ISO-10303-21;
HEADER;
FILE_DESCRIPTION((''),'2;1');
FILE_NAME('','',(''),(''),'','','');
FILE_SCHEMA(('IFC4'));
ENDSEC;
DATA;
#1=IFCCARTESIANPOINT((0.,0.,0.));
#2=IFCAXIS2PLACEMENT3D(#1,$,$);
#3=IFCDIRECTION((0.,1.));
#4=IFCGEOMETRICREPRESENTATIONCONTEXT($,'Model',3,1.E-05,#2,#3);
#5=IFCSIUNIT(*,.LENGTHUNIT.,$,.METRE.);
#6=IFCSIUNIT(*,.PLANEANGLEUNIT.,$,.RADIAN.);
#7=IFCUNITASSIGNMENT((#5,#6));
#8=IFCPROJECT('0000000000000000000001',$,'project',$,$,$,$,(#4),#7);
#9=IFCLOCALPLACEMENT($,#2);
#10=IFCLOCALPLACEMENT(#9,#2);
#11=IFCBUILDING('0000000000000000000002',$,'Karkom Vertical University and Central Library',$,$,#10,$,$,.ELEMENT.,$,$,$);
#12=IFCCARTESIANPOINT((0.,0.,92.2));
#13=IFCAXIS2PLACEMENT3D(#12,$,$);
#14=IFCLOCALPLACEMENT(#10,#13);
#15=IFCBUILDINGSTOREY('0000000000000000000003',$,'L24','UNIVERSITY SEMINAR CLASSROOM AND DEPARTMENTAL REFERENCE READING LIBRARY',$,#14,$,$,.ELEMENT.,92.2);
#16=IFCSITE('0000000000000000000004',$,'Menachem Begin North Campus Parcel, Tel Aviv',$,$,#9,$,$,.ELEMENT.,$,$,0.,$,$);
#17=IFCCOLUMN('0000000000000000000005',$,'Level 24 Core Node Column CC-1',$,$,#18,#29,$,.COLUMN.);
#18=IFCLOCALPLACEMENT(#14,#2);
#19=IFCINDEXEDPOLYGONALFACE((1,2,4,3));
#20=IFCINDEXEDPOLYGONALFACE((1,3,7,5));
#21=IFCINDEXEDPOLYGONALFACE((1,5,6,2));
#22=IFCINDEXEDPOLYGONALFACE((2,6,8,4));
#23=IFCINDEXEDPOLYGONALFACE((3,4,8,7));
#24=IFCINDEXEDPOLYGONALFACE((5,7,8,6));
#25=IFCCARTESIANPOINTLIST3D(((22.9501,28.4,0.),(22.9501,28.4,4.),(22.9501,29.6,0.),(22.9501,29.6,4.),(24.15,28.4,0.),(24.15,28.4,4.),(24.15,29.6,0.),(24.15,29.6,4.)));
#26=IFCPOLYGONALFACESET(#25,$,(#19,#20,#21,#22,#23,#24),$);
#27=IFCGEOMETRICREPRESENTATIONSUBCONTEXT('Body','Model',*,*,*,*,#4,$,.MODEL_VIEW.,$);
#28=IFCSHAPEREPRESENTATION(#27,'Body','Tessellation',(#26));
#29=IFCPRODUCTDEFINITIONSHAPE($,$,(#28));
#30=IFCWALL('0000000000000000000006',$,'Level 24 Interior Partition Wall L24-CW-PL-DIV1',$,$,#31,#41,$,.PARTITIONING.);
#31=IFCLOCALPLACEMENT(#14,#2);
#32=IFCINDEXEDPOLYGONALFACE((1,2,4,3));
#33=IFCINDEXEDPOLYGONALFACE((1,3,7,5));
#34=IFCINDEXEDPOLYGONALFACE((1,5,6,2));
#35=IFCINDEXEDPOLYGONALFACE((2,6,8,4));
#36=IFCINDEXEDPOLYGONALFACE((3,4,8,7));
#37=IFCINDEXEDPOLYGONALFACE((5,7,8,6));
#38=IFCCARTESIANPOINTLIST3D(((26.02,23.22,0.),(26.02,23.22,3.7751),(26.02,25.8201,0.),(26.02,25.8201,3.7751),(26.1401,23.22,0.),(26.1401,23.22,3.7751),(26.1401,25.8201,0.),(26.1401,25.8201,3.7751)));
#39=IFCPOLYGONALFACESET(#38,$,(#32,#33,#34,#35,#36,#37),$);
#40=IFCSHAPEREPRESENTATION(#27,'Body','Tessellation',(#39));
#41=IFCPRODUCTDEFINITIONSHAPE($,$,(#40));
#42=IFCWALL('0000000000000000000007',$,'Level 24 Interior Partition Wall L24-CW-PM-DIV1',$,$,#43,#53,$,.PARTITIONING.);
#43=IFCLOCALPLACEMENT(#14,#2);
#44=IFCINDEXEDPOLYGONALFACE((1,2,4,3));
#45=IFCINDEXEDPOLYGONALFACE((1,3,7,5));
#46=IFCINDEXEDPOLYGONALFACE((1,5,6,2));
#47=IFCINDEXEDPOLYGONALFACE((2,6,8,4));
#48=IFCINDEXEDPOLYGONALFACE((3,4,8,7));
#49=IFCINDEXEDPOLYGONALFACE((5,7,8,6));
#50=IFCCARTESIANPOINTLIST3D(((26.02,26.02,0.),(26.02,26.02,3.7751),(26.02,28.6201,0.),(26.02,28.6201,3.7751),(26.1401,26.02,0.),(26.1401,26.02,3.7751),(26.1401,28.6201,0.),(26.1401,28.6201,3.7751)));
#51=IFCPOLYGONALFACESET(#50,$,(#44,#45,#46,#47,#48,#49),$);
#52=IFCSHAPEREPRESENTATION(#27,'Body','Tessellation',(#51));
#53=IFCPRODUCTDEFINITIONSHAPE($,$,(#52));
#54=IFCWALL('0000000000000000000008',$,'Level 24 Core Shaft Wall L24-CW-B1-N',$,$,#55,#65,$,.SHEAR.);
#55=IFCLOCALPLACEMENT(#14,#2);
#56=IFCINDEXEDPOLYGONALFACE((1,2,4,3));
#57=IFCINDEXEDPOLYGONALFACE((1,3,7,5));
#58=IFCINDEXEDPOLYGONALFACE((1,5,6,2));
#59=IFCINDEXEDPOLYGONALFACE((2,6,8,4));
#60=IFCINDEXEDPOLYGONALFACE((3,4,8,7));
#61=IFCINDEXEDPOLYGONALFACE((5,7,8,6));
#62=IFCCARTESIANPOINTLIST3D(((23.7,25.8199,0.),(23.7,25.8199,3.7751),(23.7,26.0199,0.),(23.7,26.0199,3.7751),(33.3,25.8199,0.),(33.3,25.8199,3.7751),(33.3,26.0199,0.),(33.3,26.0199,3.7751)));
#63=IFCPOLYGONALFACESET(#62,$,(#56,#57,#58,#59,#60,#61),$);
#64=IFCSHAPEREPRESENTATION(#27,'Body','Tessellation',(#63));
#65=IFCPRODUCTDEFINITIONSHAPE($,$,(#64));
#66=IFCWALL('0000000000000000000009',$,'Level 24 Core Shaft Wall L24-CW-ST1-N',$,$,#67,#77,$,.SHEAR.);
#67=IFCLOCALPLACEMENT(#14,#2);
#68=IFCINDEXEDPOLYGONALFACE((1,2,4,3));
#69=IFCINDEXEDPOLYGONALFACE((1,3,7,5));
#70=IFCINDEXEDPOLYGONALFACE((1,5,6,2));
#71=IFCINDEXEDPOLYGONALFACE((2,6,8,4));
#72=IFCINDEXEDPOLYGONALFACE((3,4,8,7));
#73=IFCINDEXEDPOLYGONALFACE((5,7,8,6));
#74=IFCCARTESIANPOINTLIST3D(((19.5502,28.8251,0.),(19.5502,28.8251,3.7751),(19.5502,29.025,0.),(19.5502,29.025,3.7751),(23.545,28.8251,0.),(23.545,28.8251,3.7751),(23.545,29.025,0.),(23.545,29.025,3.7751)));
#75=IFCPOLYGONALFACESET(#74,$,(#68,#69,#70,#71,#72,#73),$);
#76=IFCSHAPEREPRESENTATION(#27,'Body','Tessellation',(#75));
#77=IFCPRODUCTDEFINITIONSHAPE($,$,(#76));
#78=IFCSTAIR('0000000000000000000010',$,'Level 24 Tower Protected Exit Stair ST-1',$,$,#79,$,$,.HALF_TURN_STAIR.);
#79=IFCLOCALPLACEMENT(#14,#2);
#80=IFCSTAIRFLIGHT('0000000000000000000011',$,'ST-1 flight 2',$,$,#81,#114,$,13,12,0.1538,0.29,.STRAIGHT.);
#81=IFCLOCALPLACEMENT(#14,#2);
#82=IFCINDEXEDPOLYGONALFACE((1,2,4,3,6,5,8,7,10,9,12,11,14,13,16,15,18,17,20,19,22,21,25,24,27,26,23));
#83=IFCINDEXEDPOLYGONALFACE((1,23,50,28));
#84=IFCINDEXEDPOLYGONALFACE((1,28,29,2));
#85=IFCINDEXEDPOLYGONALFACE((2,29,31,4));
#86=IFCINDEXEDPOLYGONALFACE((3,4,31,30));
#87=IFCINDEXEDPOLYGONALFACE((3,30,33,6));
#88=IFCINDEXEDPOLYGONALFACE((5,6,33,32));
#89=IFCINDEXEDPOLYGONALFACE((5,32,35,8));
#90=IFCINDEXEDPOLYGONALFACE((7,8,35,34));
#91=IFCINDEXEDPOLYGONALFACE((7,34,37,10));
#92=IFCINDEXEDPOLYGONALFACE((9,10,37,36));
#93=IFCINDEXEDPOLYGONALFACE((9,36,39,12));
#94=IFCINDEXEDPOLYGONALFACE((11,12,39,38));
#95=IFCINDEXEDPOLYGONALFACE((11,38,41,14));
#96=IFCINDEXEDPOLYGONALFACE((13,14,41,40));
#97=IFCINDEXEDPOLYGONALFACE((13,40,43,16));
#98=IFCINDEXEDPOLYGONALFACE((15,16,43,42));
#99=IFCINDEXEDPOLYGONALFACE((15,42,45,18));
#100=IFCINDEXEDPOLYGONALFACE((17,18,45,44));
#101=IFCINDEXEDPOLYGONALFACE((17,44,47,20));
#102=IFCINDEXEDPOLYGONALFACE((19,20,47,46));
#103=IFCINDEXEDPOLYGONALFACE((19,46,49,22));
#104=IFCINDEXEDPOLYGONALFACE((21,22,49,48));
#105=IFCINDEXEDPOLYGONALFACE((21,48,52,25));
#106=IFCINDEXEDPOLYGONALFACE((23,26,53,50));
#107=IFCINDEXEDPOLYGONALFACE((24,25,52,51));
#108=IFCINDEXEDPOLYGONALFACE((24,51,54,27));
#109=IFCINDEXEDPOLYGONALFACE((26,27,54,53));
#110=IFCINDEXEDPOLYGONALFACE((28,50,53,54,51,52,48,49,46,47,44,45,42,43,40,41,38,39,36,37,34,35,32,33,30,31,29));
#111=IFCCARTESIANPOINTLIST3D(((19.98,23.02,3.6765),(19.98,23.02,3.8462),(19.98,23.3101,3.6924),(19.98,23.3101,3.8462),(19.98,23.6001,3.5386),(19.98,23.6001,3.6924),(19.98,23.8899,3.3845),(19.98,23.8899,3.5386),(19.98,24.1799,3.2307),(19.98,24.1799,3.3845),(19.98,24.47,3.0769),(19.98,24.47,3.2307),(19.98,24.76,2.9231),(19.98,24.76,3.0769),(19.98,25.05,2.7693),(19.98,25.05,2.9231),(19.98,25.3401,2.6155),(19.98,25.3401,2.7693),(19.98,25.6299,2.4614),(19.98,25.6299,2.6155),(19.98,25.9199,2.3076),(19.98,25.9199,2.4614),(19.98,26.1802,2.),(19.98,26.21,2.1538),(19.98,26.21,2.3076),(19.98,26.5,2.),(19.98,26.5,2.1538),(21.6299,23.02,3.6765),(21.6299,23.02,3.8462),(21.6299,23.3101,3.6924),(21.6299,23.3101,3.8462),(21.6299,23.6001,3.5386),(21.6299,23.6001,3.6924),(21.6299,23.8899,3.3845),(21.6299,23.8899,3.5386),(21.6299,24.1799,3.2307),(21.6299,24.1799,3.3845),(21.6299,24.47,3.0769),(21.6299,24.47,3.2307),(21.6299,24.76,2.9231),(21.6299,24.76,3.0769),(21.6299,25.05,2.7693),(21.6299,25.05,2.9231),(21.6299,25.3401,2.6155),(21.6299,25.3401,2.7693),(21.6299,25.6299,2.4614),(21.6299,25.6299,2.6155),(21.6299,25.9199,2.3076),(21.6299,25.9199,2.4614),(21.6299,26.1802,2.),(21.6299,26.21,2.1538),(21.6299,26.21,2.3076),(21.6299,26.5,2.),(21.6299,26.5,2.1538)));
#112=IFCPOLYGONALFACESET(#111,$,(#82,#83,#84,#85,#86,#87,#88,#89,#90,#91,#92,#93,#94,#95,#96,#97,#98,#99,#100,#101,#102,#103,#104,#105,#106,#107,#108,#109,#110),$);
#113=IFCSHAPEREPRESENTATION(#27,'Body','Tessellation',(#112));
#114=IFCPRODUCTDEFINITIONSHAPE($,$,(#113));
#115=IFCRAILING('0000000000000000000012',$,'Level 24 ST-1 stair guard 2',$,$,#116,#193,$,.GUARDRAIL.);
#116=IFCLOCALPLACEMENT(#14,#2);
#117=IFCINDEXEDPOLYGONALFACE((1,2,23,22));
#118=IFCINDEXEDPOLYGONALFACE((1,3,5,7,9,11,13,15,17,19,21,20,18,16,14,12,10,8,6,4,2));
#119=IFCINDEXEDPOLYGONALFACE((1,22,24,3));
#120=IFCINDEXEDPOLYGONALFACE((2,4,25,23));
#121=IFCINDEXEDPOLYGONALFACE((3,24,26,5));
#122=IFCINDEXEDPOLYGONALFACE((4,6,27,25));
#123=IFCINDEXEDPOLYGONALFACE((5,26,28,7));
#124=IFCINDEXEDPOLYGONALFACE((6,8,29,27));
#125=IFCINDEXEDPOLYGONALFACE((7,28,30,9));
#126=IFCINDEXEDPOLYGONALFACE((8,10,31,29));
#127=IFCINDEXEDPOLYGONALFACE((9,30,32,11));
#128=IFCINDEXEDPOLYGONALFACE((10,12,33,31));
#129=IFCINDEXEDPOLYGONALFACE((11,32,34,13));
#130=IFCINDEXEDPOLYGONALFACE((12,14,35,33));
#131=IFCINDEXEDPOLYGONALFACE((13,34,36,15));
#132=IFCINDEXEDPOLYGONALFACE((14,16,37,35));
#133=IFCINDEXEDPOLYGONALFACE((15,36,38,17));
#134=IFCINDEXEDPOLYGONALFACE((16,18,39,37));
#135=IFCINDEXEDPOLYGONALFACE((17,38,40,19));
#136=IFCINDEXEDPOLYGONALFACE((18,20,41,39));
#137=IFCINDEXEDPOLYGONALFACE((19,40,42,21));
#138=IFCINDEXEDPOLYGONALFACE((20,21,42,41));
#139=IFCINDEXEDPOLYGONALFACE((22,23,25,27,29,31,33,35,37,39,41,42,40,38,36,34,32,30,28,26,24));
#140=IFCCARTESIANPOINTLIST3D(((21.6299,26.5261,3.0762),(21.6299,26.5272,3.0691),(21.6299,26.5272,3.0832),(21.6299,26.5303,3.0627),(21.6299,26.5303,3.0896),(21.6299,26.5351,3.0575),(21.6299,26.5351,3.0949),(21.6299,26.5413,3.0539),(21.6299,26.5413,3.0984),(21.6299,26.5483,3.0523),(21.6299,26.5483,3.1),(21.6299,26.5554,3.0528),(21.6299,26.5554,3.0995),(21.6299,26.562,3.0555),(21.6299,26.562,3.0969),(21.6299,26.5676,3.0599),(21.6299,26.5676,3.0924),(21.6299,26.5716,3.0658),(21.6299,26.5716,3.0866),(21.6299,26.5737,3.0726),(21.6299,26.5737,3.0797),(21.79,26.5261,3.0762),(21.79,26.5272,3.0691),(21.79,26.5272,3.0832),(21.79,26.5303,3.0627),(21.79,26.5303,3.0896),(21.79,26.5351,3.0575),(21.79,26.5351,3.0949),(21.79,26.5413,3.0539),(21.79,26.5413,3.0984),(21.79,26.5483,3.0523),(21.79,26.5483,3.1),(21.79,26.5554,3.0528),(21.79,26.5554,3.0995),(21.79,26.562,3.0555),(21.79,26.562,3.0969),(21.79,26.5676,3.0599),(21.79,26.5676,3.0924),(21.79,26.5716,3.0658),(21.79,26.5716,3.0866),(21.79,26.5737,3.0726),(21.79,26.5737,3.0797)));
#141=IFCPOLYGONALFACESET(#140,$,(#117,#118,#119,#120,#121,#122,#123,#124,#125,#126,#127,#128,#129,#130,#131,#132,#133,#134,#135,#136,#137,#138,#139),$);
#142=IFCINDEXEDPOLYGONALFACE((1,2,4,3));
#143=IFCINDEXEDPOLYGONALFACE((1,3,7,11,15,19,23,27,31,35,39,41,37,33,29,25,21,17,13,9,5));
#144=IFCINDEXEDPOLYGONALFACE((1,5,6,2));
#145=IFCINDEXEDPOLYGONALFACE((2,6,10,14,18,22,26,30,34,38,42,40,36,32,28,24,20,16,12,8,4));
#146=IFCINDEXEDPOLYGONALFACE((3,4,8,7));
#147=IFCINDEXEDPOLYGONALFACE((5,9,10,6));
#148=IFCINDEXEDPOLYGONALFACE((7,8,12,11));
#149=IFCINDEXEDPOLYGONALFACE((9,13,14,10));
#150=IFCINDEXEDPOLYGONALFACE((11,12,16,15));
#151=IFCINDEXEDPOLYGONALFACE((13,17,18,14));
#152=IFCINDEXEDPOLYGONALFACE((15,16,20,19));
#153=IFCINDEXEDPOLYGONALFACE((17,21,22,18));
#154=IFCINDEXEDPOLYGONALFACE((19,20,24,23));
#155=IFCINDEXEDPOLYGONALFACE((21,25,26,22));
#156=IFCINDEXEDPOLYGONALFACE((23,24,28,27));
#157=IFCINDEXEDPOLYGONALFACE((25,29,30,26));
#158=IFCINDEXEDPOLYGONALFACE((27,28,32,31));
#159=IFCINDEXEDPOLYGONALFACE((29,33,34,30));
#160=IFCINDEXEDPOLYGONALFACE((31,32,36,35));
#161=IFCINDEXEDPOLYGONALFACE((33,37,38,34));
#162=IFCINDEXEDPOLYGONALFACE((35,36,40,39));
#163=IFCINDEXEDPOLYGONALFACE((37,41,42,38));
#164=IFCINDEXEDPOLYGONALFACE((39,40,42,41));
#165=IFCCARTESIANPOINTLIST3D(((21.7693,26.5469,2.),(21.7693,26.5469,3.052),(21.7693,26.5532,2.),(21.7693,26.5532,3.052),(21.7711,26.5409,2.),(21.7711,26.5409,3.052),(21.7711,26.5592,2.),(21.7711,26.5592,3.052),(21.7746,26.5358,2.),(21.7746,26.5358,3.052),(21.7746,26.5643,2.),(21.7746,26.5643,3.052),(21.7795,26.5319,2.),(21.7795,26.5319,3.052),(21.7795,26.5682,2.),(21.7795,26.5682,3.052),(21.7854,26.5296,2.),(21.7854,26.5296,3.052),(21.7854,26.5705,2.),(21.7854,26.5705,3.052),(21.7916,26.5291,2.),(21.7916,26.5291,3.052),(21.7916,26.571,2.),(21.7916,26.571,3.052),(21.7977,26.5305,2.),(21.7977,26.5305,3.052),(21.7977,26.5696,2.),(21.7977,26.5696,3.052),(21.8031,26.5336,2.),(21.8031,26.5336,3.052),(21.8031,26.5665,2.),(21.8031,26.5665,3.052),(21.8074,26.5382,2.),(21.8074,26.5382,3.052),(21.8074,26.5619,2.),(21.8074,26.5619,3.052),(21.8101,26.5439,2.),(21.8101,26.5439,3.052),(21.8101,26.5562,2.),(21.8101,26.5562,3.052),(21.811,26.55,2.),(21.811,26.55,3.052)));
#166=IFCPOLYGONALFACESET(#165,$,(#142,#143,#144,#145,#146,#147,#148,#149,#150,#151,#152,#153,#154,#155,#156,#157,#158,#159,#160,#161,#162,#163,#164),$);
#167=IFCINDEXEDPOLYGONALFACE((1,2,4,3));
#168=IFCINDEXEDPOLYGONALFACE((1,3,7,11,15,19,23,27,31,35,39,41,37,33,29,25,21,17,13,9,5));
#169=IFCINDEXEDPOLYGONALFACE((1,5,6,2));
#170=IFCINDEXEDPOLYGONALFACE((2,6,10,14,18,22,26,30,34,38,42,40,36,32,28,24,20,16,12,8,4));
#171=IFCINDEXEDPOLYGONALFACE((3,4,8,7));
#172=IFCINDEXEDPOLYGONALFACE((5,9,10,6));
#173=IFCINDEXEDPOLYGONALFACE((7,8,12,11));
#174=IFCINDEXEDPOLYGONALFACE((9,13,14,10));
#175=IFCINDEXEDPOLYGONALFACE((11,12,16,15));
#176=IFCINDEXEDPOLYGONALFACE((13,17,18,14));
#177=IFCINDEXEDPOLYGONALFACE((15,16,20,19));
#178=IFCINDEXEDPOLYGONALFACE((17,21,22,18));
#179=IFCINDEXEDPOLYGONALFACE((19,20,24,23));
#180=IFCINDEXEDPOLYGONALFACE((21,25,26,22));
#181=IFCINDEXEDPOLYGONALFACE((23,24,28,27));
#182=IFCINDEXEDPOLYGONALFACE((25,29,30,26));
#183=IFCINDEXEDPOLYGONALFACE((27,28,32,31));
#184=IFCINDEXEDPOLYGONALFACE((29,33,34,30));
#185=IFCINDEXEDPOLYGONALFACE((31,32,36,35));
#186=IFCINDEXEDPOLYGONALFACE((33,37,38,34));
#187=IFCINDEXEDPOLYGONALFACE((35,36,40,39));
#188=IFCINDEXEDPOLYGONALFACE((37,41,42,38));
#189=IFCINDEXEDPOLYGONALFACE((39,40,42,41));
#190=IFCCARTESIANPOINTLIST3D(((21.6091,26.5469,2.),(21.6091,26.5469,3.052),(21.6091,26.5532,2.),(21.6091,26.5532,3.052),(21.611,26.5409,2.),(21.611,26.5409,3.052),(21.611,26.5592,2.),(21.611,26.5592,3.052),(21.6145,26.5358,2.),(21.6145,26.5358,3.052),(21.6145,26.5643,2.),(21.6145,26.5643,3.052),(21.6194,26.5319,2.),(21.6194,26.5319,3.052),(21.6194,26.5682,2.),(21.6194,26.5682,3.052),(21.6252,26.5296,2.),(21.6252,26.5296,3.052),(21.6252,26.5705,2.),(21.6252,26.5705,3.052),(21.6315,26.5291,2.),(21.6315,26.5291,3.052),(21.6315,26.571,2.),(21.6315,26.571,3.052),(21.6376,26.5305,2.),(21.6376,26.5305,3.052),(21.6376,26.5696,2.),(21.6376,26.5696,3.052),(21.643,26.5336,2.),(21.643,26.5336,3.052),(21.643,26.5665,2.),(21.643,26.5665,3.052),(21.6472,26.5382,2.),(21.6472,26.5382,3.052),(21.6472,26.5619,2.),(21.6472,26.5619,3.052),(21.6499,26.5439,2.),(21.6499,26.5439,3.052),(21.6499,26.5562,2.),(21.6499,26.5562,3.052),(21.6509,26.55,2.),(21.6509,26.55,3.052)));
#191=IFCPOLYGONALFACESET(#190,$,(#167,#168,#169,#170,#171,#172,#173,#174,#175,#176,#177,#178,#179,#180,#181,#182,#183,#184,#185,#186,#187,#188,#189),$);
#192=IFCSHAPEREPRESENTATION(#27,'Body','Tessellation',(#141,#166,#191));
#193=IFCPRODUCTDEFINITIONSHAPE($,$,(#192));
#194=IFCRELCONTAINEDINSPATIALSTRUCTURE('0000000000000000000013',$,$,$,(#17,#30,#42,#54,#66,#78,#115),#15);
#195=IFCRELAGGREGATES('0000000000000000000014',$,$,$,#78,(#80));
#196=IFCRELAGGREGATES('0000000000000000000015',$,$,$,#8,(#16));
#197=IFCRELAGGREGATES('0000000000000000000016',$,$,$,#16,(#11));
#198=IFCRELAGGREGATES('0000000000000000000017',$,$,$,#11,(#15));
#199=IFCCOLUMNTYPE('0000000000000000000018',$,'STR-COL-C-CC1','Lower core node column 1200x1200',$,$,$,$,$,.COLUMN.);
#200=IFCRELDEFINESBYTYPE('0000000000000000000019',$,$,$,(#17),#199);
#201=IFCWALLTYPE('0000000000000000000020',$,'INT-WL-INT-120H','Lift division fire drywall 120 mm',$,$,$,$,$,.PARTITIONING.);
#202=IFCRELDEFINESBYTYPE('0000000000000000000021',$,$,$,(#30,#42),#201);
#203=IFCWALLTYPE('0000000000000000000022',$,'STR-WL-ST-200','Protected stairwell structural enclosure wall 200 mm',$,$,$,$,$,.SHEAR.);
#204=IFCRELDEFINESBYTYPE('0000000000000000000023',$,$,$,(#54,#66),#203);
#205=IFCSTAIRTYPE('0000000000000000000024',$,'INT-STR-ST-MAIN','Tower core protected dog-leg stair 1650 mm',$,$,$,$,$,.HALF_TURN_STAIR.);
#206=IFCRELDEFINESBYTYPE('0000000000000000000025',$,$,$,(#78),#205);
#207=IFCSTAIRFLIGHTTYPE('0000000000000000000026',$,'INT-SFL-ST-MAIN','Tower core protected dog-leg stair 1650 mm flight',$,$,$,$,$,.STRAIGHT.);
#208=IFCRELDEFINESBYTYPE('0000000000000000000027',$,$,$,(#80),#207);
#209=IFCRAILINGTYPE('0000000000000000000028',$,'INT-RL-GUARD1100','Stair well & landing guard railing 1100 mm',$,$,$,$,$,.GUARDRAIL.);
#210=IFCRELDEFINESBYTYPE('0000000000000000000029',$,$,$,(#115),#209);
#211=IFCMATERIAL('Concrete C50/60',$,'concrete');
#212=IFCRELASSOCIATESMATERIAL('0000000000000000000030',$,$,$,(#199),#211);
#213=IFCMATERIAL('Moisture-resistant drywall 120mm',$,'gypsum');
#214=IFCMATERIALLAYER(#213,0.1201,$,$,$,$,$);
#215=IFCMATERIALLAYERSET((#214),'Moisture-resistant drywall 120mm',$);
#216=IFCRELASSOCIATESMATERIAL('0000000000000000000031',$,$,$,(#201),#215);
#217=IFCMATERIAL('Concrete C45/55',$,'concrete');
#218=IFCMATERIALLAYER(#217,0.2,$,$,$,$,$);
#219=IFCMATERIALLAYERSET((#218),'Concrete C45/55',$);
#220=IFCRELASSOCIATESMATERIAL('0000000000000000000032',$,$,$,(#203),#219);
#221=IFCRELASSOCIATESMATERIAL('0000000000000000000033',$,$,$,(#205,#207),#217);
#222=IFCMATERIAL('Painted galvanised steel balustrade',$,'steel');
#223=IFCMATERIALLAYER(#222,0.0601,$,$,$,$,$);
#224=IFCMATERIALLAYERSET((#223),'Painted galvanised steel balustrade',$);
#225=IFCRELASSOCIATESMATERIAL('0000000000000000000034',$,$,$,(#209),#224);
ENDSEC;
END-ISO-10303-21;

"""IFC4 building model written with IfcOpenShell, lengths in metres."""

from ifc_helpers import new_model, si_unit, direction, frame, frame_2d, origin, origin_with_axes, origin_2d, place, context, subcontext, project, spatial, polyline, rectangle, circle, outline, extrude, source, transform, mapped, material, layer, layer_set, material_profile, profile_set, type_object, element, aggregate, save


model = new_model("IFC4")

# Units and contexts
model_context = context("Model", 3, precision=1e-05, world=origin(), true_north=direction((0.0, 1.0)))
body_context = subcontext(model_context, "Body", "Model", "MODEL_VIEW")
ifc_project = project(units=[si_unit("LENGTHUNIT", "METRE"), si_unit("PLANEANGLEUNIT", "RADIAN")], contexts=[model_context])

# Site, building, storey
site_placement = place(None, origin())
site = spatial("IfcSite", under=ifc_project, at=site_placement, Name="Menachem Begin North Campus Parcel, Tel Aviv", CompositionType="ELEMENT", RefElevation=0.0)
building_placement = place(site_placement, origin())
building = spatial("IfcBuilding", under=site, at=building_placement, Name="Karkom Vertical University and Central Library", CompositionType="ELEMENT")
storey_placement = place(building_placement, frame((0.0, 0.0, 92.2)))
storey = spatial("IfcBuildingStorey", under=building, at=storey_placement, Name="L24", Description="UNIVERSITY SEMINAR CLASSROOM AND DEPARTMENTAL REFERENCE READING LIBRARY", CompositionType="ELEMENT", Elevation=92.2)

# Column
ifc_material_1 = material(Name="Concrete C50/60", Category="concrete")
ifc_material_profile = material_profile(ifc_material_1, rectangle(XDim=1.2, YDim=1.2, at=origin_2d()), Name="RC-1200x1200")
ifc_profile_set = profile_set([ifc_material_profile], Name="Concrete C50/60")
column_type = type_object("IfcColumnType", Name="STR-COL-C-CC1", Description="Lower core node column 1200x1200", PredefinedType="COLUMN", material=ifc_profile_set)
shared_shape_1 = source(origin_with_axes(), body_context, "Body", "SweptSolid", [
    extrude(rectangle(XDim=1.2, YDim=1.2, at=origin_2d()), origin(), (0.0, 0.0, 1.0), 4.0),
])
column_placement = place(storey_placement, frame((23.55, 29.0, 0.0), z_axis=(0.0, 0.0, 1.0), x_axis=(1.0, 0.0, 0.0)))
element("IfcColumn", 1, at=column_placement, inside=storey, type_object=column_type, Name="Level 24 Core Node Column CC-1", PredefinedType="COLUMN", context=body_context, shape_type="MappedRepresentation", body=[
    mapped(shared_shape_1, transform((0.0, 0.0, 0.0), scale=1.0)),
])

# Walls
ifc_material_2 = material(Name="Moisture-resistant drywall 120mm", Category="gypsum")
ifc_layer_1 = layer(ifc_material_2, 0.1201)
ifc_layer_set_1 = layer_set([ifc_layer_1], Name="Moisture-resistant drywall 120mm")
wall_type_1 = type_object("IfcWallType", Name="INT-WL-INT-120H", Description="Lift division fire drywall 120 mm", PredefinedType="PARTITIONING", material=ifc_layer_set_1)
for number, where, z_axis, x_axis, name in (
    (2, (26.0801, 23.22, 0.0), (0.0, 0.0, 1.0), (0.0, 1.0, 0.0), "Level 24 Interior Partition Wall L24-CW-PL-DIV1"),
    (3, (26.0801, 26.02, 0.0), (0.0, 0.0, 1.0), (0.0, 1.0, 0.0), "Level 24 Interior Partition Wall L24-CW-PM-DIV1"),
):
    element("IfcWall", number, at=place(storey_placement, frame(where, z_axis=z_axis, x_axis=x_axis)), inside=storey, type_object=wall_type_1, Name=name, PredefinedType="PARTITIONING", context=body_context, shape_type="SweptSolid", body=[
        extrude(rectangle(XDim=2.6001, YDim=0.1201, at=frame_2d((1.3, 0.0))), origin(), (0.0, 0.0, 1.0), 3.7751),
    ])
ifc_material_3 = material(Name="Concrete C45/55", Category="concrete")
ifc_layer_2 = layer(ifc_material_3, 0.2)
ifc_layer_set_2 = layer_set([ifc_layer_2], Name="Concrete C45/55")
wall_type_2 = type_object("IfcWallType", Name="STR-WL-ST-200", Description="Protected stairwell structural enclosure wall 200 mm", PredefinedType="SHEAR", material=ifc_layer_set_2)
wall_1_placement = place(storey_placement, frame((23.7, 25.9199, 0.0), z_axis=(0.0, 0.0, 1.0), x_axis=(1.0, 0.0, 0.0)))
element("IfcWall", 4, at=wall_1_placement, inside=storey, type_object=wall_type_2, Name="Level 24 Core Shaft Wall L24-CW-B1-N", PredefinedType="SHEAR", context=body_context, shape_type="SweptSolid", body=[
    extrude(rectangle(XDim=9.6001, YDim=0.2, at=frame_2d((4.8, 0.0))), origin(), (0.0, 0.0, 1.0), 3.7751),
])

# Wall
wall_2_placement = place(storey_placement, frame((19.55, 28.925, 0.0), z_axis=(0.0, 0.0, 1.0), x_axis=(1.0, 0.0, 0.0)))
element("IfcWall", 5, at=wall_2_placement, inside=storey, type_object=wall_type_2, Name="Level 24 Core Shaft Wall L24-CW-ST1-N", PredefinedType="SHEAR", context=body_context, shape_type="SweptSolid", body=[
    extrude(rectangle(XDim=3.9949, YDim=0.2, at=frame_2d((1.9976, 0.0))), origin(), (0.0, 0.0, 1.0), 3.7751),
])

# Stair, stair flight
stair_type = type_object("IfcStairType", Name="INT-STR-ST-MAIN", Description="Tower core protected dog-leg stair 1650 mm", PredefinedType="HALF_TURN_STAIR", material=ifc_material_3)
stair_placement = place(storey_placement, origin())
stair = element("IfcStair", 6, at=stair_placement, inside=storey, type_object=stair_type, Name="Level 24 Tower Protected Exit Stair ST-1", PredefinedType="HALF_TURN_STAIR")
stair_flight_type = type_object("IfcStairFlightType", Name="INT-SFL-ST-MAIN", Description="Tower core protected dog-leg stair 1650 mm flight", PredefinedType="STRAIGHT", material=ifc_material_3)
stair_flight_placement = place(storey_placement, frame((20.8049, 26.5, 2.0), z_axis=(0.0, 0.0, 1.0), x_axis=(0.0, -1.0, 0.0)))
stair_flight = element("IfcStairFlight", 7, at=stair_flight_placement, type_object=stair_flight_type, Name="ST-1 flight 2", NumberOfRisers=13, NumberOfTreads=12, PredefinedType="STRAIGHT", RiserHeight=0.1538, TreadLength=0.29, context=body_context, shape_type="SweptSolid", body=[
    extrude(outline(polyline([(0.0, 0.0), (0.0, 0.1538), (0.29, 0.1538), (0.29, 0.3076), (0.5801, 0.3076), (0.5801, 0.4614), (0.8701, 0.4614), (0.8701, 0.6155), (1.1599, 0.6155), (1.1599, 0.7693), (1.45, 0.7693), (1.45, 0.9231), (1.74, 0.9231), (1.74, 1.0769), (2.03, 1.0769), (2.03, 1.2307), (2.3201, 1.2307), (2.3201, 1.3845), (2.6101, 1.3845), (2.6101, 1.5386), (2.8999, 1.5386), (2.8999, 1.6924), (3.1899, 1.6924), (3.1899, 1.8462), (3.48, 1.8462), (3.48, 2.0), (3.48, 1.6765), (0.3198, 0.0), (0.0, 0.0)])), frame((0.0, 0.825, 0.0), z_axis=(0.0, -1.0, 0.0), x_axis=(1.0, 0.0, 0.0)), (0.0, 0.0, 1.0), 1.6499),
])
aggregate(stair, [stair_flight])

# Railing
ifc_material_4 = material(Name="Painted galvanised steel balustrade", Category="steel")
ifc_layer_3 = layer(ifc_material_4, 0.0601)
ifc_layer_set_3 = layer_set([ifc_layer_3], Name="Painted galvanised steel balustrade")
railing_type_1 = type_object("IfcRailingType", Name="INT-RL-GUARD1100", Description="Stair well & landing guard railing 1100 mm", PredefinedType="GUARDRAIL", material=ifc_layer_set_3)
railing_1_placement = place(storey_placement, frame((21.79, 26.55, 2.0)))
element("IfcRailing", 8, at=railing_1_placement, inside=storey, type_object=railing_type_1, Name="Level 24 ST-1 stair guard 2", PredefinedType="GUARDRAIL", context=body_context, shape_type="SweptSolid", body=[
    extrude(circle(Radius=0.0239, at=origin_2d()), frame((0.0, 0.0, 1.0762), z_axis=(-1.0, 0.0, 0.0), x_axis=(0.0, -1.0, 0.0)), (0.0, 0.0, 1.0), 0.1602),
    extrude(circle(Radius=0.021, at=origin_2d()), origin(), (0.0, 0.0, 1.0), 1.052),
    extrude(circle(Radius=0.021, at=origin_2d()), frame((-0.1602, 0.0, 0.0)), (0.0, 0.0, 1.0), 1.052),
])

save(model, "model.ifc")
